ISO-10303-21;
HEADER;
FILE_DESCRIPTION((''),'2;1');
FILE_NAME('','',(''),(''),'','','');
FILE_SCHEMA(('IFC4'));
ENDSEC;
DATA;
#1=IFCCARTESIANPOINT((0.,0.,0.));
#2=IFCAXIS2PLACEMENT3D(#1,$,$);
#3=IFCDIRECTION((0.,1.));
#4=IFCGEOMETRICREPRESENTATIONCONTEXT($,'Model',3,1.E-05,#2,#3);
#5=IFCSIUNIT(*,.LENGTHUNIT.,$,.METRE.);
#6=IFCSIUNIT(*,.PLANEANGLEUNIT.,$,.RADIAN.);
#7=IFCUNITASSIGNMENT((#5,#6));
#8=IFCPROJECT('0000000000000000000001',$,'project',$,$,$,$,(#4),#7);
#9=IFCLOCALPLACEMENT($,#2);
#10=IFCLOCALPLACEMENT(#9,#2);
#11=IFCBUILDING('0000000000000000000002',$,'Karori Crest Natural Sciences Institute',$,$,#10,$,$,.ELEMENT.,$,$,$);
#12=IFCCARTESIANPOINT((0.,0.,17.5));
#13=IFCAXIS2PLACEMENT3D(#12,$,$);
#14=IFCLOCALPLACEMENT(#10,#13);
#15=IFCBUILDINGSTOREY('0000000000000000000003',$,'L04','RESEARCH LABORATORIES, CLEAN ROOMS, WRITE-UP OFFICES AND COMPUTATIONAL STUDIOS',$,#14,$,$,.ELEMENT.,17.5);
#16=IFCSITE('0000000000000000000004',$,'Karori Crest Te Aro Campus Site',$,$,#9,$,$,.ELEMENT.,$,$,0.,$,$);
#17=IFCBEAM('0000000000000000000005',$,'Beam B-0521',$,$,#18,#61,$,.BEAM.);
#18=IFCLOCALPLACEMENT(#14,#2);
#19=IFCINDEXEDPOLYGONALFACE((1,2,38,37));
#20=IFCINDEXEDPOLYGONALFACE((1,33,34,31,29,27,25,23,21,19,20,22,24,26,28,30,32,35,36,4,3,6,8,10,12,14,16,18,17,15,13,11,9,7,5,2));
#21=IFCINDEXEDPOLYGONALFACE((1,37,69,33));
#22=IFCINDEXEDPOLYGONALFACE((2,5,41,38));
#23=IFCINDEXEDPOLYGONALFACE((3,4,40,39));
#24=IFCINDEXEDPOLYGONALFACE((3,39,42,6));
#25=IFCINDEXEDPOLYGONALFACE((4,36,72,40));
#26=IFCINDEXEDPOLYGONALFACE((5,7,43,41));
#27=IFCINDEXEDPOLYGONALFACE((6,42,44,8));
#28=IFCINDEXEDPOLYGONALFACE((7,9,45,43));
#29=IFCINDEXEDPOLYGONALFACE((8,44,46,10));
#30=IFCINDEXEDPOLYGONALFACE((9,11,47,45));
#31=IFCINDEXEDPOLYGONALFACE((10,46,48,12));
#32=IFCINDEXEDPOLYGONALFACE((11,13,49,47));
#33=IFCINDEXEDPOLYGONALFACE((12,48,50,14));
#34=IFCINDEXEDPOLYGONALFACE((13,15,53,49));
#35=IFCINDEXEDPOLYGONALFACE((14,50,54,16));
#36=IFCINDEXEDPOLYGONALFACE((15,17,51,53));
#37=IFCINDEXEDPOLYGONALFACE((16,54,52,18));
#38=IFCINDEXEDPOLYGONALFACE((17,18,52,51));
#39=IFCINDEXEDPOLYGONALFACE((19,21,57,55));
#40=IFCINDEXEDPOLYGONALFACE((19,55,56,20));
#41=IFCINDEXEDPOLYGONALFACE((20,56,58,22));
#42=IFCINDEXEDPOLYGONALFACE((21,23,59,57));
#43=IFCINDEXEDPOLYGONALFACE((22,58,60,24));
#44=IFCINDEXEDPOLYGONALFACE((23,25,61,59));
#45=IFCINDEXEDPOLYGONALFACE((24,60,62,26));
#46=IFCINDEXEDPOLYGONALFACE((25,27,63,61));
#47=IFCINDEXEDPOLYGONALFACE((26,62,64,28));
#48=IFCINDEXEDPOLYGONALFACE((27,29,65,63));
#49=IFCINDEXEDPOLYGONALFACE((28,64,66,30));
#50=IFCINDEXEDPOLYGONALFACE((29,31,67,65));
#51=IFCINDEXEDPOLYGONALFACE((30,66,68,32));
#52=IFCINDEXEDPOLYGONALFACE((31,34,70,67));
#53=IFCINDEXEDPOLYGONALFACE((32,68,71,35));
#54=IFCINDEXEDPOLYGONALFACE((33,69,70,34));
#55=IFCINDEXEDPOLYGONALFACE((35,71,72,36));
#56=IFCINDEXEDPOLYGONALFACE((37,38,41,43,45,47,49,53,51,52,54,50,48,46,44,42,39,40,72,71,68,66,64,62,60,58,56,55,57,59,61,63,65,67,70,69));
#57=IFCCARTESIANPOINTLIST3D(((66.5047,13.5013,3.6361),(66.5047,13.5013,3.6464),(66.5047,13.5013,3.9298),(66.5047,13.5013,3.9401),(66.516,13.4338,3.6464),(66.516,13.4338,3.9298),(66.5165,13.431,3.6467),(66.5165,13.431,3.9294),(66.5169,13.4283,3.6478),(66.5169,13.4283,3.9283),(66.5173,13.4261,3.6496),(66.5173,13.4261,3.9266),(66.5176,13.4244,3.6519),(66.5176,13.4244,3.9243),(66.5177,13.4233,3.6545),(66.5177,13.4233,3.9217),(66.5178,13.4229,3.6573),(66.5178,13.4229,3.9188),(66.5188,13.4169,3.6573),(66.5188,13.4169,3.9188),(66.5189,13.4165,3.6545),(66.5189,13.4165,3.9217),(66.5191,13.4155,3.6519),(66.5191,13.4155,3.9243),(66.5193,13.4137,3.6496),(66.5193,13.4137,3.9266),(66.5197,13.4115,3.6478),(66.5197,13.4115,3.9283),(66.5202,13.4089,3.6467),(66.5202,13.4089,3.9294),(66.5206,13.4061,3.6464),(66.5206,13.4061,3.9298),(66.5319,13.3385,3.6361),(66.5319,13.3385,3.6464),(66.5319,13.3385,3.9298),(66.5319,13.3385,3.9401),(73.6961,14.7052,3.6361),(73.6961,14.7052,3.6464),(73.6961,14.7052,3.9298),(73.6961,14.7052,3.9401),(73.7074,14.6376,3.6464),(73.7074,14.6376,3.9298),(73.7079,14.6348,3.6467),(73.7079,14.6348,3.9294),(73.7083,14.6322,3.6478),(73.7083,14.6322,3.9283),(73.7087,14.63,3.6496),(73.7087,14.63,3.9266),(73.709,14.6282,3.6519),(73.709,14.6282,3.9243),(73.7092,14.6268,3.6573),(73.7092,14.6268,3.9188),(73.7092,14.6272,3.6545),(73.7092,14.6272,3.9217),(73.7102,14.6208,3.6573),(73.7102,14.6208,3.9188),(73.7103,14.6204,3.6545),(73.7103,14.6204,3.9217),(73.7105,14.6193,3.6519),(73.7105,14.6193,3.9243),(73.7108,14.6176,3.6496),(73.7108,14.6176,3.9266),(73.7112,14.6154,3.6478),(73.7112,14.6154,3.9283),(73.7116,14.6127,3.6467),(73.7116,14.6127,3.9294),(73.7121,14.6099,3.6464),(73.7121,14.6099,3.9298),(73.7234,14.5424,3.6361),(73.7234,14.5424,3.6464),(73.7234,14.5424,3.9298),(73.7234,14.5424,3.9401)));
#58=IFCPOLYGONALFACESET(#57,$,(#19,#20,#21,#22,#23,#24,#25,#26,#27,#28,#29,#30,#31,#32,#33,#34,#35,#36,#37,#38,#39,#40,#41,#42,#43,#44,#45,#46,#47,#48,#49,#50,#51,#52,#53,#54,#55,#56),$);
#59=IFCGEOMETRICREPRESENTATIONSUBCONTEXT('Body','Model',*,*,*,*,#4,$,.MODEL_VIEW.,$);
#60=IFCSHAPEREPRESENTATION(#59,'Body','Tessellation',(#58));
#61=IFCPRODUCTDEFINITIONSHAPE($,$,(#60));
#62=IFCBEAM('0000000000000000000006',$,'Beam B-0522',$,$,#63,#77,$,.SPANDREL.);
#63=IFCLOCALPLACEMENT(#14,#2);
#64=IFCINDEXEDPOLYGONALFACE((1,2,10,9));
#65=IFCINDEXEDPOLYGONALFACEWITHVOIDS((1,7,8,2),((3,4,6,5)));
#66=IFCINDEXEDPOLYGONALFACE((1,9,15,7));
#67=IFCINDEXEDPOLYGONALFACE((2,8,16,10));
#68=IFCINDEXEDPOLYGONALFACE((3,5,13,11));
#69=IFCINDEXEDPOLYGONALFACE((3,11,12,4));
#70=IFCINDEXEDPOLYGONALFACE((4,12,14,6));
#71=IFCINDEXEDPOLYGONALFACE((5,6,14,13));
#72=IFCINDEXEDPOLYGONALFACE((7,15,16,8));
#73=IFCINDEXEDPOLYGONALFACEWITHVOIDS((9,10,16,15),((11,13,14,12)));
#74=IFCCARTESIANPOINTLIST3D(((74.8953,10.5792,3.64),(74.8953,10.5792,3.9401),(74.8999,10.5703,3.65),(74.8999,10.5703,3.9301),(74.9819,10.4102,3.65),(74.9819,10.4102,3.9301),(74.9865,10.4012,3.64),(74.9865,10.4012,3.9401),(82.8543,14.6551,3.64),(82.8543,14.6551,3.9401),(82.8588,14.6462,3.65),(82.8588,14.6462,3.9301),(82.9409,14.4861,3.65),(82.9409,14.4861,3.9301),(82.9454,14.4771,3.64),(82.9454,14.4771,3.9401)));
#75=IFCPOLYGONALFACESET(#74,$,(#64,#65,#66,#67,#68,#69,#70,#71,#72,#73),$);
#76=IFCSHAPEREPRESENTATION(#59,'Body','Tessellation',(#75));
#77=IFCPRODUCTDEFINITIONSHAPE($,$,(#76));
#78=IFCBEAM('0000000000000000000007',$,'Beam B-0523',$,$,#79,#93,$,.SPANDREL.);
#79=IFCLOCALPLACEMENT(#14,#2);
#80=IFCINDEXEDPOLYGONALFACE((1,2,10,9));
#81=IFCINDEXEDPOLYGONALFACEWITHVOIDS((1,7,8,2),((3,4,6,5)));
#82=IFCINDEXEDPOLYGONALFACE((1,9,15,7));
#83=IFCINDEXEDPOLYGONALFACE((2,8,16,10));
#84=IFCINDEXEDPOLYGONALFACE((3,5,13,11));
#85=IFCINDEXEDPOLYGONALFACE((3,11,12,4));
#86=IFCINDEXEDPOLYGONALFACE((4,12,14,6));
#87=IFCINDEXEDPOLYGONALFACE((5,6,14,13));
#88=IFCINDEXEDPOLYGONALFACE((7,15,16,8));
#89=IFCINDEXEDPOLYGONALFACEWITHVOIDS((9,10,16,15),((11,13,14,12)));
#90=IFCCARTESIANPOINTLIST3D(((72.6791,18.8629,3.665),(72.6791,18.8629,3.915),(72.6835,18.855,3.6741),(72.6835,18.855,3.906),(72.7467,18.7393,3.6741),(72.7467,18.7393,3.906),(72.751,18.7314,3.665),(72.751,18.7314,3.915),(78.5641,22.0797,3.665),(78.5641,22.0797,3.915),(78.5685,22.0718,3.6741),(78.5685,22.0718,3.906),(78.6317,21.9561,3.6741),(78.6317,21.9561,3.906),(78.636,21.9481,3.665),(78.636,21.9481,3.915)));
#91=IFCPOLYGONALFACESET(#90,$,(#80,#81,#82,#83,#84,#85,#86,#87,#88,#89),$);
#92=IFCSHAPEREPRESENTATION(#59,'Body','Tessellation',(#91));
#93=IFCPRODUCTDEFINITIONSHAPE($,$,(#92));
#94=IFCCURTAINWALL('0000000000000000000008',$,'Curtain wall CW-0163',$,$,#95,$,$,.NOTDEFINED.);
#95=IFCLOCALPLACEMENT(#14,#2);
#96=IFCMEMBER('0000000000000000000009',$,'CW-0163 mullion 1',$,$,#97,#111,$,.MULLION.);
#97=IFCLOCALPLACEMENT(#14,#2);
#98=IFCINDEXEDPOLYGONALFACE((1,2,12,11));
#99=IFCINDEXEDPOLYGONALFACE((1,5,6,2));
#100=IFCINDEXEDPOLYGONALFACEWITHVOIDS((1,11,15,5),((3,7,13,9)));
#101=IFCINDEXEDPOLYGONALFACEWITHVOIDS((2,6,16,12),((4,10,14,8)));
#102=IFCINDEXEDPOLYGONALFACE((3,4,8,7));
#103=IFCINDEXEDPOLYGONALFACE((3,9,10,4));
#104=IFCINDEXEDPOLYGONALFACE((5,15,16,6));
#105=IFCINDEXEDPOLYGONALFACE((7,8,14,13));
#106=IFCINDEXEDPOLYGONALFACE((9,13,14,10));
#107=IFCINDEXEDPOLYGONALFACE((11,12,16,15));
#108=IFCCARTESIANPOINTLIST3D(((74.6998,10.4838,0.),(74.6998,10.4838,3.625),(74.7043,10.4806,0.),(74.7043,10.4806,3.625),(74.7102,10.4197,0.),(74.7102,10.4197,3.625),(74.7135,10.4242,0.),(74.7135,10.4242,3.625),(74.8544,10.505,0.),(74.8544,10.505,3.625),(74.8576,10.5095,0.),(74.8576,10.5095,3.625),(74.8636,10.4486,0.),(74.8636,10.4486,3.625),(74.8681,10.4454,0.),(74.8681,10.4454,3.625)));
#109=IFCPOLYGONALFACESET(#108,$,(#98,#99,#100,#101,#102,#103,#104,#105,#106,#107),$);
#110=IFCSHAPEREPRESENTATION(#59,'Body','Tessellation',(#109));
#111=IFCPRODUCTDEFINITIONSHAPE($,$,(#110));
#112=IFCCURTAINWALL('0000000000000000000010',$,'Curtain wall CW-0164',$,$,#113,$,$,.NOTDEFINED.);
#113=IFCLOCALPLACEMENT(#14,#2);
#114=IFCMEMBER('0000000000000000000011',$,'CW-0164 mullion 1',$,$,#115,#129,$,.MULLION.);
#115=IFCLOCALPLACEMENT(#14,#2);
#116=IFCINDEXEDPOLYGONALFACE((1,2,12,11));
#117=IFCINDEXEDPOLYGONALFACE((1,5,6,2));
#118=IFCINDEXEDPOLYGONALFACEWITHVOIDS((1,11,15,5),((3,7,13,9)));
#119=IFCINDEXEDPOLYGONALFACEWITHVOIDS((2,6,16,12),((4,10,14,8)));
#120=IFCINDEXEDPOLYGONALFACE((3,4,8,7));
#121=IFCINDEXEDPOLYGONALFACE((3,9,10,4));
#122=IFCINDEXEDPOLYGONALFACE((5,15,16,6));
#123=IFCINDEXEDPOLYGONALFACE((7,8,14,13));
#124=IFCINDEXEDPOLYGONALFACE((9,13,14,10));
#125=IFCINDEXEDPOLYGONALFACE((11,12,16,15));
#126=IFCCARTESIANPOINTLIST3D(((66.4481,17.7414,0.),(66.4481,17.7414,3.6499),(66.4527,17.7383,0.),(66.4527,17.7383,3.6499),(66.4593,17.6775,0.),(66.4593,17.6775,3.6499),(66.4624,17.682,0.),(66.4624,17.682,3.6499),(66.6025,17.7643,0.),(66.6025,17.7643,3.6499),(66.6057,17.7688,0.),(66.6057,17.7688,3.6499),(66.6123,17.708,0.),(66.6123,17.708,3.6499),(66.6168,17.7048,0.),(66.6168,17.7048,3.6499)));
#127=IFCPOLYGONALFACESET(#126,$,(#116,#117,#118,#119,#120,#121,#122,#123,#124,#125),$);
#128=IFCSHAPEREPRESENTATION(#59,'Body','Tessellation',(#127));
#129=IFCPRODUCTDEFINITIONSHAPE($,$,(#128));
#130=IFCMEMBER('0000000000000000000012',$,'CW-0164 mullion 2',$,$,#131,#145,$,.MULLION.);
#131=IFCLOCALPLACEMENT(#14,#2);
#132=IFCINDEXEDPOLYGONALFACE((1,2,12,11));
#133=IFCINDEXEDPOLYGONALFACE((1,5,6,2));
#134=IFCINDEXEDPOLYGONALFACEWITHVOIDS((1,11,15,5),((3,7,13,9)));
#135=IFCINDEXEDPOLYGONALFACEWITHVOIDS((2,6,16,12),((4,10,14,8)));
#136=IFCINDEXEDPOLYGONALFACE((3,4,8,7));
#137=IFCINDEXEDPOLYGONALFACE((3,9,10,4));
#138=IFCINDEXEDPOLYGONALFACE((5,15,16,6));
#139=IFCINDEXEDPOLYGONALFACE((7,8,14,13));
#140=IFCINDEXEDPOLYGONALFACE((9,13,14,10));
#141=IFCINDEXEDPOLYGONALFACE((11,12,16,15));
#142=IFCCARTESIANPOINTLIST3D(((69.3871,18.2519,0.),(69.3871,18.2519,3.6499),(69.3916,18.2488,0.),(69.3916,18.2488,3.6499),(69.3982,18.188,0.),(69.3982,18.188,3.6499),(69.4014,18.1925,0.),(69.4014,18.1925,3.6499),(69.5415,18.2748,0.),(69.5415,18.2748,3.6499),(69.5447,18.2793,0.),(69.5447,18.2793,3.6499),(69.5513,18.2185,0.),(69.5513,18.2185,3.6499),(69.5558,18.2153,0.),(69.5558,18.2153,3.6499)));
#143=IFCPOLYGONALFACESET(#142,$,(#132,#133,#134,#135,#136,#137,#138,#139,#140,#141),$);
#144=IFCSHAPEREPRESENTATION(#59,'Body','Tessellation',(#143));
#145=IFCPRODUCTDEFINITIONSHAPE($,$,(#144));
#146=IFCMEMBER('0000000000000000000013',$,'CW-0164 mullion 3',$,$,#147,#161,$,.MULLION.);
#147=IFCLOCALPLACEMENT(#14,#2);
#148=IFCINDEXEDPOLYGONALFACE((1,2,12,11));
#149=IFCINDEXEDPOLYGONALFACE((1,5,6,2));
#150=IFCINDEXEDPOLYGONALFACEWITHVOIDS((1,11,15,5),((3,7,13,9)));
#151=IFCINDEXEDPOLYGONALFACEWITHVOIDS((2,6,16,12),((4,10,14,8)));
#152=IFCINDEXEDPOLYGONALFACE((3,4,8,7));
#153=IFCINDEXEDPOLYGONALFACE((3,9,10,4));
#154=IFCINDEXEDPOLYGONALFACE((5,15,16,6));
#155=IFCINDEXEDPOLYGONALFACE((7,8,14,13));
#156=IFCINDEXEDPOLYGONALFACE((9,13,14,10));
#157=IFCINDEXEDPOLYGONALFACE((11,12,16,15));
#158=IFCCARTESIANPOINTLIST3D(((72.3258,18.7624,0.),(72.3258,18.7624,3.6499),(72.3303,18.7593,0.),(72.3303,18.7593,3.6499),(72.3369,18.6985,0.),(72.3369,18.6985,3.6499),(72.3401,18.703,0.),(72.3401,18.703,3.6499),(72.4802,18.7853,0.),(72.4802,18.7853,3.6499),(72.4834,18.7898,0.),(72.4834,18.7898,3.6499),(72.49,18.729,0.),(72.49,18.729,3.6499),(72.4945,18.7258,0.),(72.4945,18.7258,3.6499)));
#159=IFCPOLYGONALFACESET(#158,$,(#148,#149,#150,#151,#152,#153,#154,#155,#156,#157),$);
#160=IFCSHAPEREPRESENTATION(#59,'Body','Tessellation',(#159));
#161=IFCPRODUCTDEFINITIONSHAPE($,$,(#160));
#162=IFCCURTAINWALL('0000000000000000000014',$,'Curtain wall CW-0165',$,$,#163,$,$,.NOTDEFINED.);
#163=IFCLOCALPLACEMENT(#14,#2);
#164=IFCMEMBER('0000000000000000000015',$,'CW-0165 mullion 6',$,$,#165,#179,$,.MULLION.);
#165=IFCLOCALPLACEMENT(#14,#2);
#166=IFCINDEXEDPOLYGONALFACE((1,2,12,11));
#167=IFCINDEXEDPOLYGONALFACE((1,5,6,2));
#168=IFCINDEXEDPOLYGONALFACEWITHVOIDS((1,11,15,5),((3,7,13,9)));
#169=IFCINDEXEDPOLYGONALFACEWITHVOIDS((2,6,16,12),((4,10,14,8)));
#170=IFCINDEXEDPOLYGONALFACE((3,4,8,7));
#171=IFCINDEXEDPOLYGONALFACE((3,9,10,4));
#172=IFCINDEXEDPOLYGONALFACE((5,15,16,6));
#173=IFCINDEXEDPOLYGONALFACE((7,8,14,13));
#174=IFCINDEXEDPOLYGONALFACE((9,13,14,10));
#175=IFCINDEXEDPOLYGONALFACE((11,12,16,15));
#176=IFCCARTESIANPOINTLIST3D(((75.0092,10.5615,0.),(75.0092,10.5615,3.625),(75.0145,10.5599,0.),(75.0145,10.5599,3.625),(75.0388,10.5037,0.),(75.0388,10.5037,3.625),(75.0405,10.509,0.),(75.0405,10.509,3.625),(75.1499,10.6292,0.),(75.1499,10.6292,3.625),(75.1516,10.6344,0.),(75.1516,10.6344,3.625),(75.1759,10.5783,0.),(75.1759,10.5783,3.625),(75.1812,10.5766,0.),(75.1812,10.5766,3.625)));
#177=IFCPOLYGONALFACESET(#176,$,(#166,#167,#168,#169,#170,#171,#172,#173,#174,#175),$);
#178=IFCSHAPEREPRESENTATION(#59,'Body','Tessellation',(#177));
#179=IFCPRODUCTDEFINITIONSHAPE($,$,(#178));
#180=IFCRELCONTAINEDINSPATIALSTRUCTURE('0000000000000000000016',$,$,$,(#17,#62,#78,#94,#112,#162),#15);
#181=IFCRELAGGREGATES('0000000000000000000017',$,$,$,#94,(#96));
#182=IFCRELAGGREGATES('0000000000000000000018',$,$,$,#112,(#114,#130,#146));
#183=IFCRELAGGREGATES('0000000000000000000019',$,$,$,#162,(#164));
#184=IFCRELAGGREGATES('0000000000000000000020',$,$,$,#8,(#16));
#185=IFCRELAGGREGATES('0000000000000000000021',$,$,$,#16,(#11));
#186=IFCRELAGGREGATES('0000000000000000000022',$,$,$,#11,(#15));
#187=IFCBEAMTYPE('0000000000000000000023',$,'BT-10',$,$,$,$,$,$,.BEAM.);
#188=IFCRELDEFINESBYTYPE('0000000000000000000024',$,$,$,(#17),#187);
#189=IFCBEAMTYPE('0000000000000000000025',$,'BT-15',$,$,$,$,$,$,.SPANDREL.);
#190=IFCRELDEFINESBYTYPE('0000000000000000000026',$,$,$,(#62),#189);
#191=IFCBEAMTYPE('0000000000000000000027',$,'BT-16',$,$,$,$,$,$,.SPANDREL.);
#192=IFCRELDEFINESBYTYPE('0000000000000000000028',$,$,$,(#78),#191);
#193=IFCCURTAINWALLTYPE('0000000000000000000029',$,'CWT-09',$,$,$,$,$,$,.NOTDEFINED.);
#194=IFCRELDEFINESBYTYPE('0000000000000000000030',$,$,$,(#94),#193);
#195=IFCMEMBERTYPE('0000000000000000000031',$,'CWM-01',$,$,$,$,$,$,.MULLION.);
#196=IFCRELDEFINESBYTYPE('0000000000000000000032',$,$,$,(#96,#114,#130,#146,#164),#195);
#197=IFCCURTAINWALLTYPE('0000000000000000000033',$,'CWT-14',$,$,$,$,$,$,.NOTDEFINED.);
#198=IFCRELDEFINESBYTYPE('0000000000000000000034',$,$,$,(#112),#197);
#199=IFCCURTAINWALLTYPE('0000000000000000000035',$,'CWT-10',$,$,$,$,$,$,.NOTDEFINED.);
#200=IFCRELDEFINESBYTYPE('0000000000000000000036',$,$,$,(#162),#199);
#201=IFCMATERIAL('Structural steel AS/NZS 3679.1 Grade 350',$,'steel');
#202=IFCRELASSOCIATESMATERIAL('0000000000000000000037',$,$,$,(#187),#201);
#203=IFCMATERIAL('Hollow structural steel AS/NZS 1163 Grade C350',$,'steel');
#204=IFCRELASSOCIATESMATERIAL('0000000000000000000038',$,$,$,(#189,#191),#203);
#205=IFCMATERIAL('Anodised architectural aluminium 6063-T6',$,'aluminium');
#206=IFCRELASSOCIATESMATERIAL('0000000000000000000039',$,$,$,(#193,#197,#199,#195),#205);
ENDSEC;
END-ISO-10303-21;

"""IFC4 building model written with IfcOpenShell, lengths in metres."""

from ifc_helpers import new_model, si_unit, direction, frame, origin, origin_2d, place, context, subcontext, project, spatial, hollow_rectangle, i_section, extrude, material, material_profile, profile_set, type_object, element, aggregate, save


model = new_model("IFC4")

# Units and contexts
model_context = context("Model", 3, precision=1e-05, world=origin(), true_north=direction((0.0, 1.0)))
body_context = subcontext(model_context, "Body", "Model", "MODEL_VIEW")
ifc_project = project(units=[si_unit("LENGTHUNIT", "METRE"), si_unit("PLANEANGLEUNIT", "RADIAN")], contexts=[model_context])

# Site, building, storey
site_placement = place(None, origin())
site = spatial("IfcSite", under=ifc_project, at=site_placement, Name="Karori Crest Te Aro Campus Site", CompositionType="ELEMENT", RefElevation=0.0)
building_placement = place(site_placement, origin())
building = spatial("IfcBuilding", under=site, at=building_placement, Name="Karori Crest Natural Sciences Institute", CompositionType="ELEMENT")
storey_placement = place(building_placement, frame((0.0, 0.0, 17.5)))
storey = spatial("IfcBuildingStorey", under=building, at=storey_placement, Name="L04", Description="RESEARCH LABORATORIES, CLEAN ROOMS, WRITE-UP OFFICES AND COMPUTATIONAL STUDIOS", CompositionType="ELEMENT", Elevation=17.5)

# Shared definitions
ifc_material_1 = material(Name="Structural steel AS/NZS 3679.1 Grade 350", Category="steel")

# Beams
ifc_material_profile_1 = material_profile(ifc_material_1, i_section(OverallWidth=0.165, OverallDepth=0.304, WebThickness=0.0061, FlangeThickness=0.0103, FilletRadius=0.011, at=origin_2d()), Name="310UB40.4")
ifc_profile_set_1 = profile_set([ifc_material_profile_1], Name="Structural steel AS/NZS 3679.1 Grade 350")
beam_type_1 = type_object("IfcBeamType", Name="BT-10", PredefinedType="BEAM", material=ifc_profile_set_1)
beam_1_placement = place(storey_placement, frame((66.5183, 13.4199, 3.7881), z_axis=(0.986276, 0.165105, 0.0), x_axis=(-0.165105, 0.986276, 0.0)))
element("IfcBeam", 1, at=beam_1_placement, inside=storey, type_object=beam_type_1, Name="Beam B-0521", PredefinedType="BEAM", context=body_context, shape_type="SweptSolid", body=[
    extrude(i_section(OverallWidth=0.165, OverallDepth=0.304, WebThickness=0.0061, FlangeThickness=0.0103, FilletRadius=0.011, at=origin_2d()), origin(), (0.0, 0.0, 1.0), 7.2915),
])
ifc_material_2 = material(Name="Hollow structural steel AS/NZS 1163 Grade C350", Category="steel")
ifc_material_profile_2 = material_profile(ifc_material_2, hollow_rectangle(XDim=0.2, YDim=0.3, WallThickness=0.01, at=origin_2d()), Name="RHS300x200x10")
ifc_profile_set_2 = profile_set([ifc_material_profile_2], Name="Hollow structural steel AS/NZS 1163 Grade C350")
beam_type_2 = type_object("IfcBeamType", Name="BT-15", PredefinedType="SPANDREL", material=ifc_profile_set_2)
beam_2_placement = place(storey_placement, frame((74.9409, 10.4902, 3.79), z_axis=(0.890072, 0.45582, 0.0), x_axis=(-0.45582, 0.890072, 0.0)))
element("IfcBeam", 2, at=beam_2_placement, inside=storey, type_object=beam_type_2, Name="Beam B-0522", PredefinedType="SPANDREL", context=body_context, shape_type="SweptSolid", body=[
    extrude(hollow_rectangle(XDim=0.2, YDim=0.3, WallThickness=0.01, at=origin_2d()), origin(), (0.0, 0.0, 1.0), 8.9419),
])
ifc_material_profile_3 = material_profile(ifc_material_2, hollow_rectangle(XDim=0.1499, YDim=0.25, WallThickness=0.009, at=origin_2d()), Name="RHS250x150x9")
ifc_profile_set_3 = profile_set([ifc_material_profile_3], Name="Hollow structural steel AS/NZS 1163 Grade C350")
beam_type_3 = type_object("IfcBeamType", Name="BT-16", PredefinedType="SPANDREL", material=ifc_profile_set_3)
beam_3_placement = place(storey_placement, frame((72.7151, 18.7971, 3.79), z_axis=(0.87747, 0.479632, 0.0), x_axis=(-0.479632, 0.87747, 0.0)))
element("IfcBeam", 3, at=beam_3_placement, inside=storey, type_object=beam_type_3, Name="Beam B-0523", PredefinedType="SPANDREL", context=body_context, shape_type="SweptSolid", body=[
    extrude(hollow_rectangle(XDim=0.1499, YDim=0.25, WallThickness=0.009, at=origin_2d()), origin(), (0.0, 0.0, 1.0), 6.7068),
])

# Curtain wall, member
ifc_material_3 = material(Name="Anodised architectural aluminium 6063-T6", Category="aluminium")
curtain_wall_type_1 = type_object("IfcCurtainWallType", Name="CWT-09", PredefinedType="NOTDEFINED", material=ifc_material_3)
curtain_wall_1_placement = place(storey_placement, origin())
curtain_wall_1 = element("IfcCurtainWall", 4, at=curtain_wall_1_placement, inside=storey, type_object=curtain_wall_type_1, Name="Curtain wall CW-0163", PredefinedType="NOTDEFINED")
ifc_material_profile_4 = material_profile(ifc_material_3, hollow_rectangle(XDim=0.0649, YDim=0.1599, WallThickness=0.0039, at=origin_2d()), Name="CWM160x65x4")
ifc_profile_set_4 = profile_set([ifc_material_profile_4], Name="Anodised architectural aluminium 6063-T6")
member_type_1 = type_object("IfcMemberType", Name="CWM-01", PredefinedType="MULLION", material=ifc_profile_set_4)
member_1_placement = place(storey_placement, frame((74.7839, 10.4646, 0.0), z_axis=(0.0, 0.0, 1.0), x_axis=(0.16065, -0.987011, 0.0)))
member_1 = element("IfcMember", 5, at=member_1_placement, type_object=member_type_1, Name="CW-0163 mullion 1", PredefinedType="MULLION", context=body_context, shape_type="SweptSolid", body=[
    extrude(hollow_rectangle(XDim=0.0649, YDim=0.1599, WallThickness=0.0039, at=origin_2d()), origin(), (0.0, 0.0, 1.0), 3.625),
])

# Curtain wall, members
curtain_wall_type_2 = type_object("IfcCurtainWallType", Name="CWT-14", PredefinedType="NOTDEFINED", material=ifc_material_3)
curtain_wall_2_placement = place(storey_placement, origin())
curtain_wall_2 = element("IfcCurtainWall", 6, at=curtain_wall_2_placement, inside=storey, type_object=curtain_wall_type_2, Name="Curtain wall CW-0164", PredefinedType="NOTDEFINED")
member_2_placement = place(storey_placement, frame((66.5325, 17.7231, 0.0), z_axis=(0.0, 0.0, 1.0), x_axis=(-0.171174, 0.985241, 0.0)))
member_2 = element("IfcMember", 7, at=member_2_placement, type_object=member_type_1, Name="CW-0164 mullion 1", PredefinedType="MULLION", context=body_context, shape_type="SweptSolid", body=[
    extrude(hollow_rectangle(XDim=0.0649, YDim=0.1599, WallThickness=0.0039, at=origin_2d()), origin(), (0.0, 0.0, 1.0), 3.6499),
])
member_3_placement = place(storey_placement, frame((69.4714, 18.2336, 0.0), z_axis=(0.0, 0.0, 1.0), x_axis=(-0.171174, 0.985241, 0.0)))
member_3 = element("IfcMember", 8, at=member_3_placement, type_object=member_type_1, Name="CW-0164 mullion 2", PredefinedType="MULLION", context=body_context, shape_type="SweptSolid", body=[
    extrude(hollow_rectangle(XDim=0.0649, YDim=0.1599, WallThickness=0.0039, at=origin_2d()), origin(), (0.0, 0.0, 1.0), 3.6499),
])
member_4_placement = place(storey_placement, frame((72.4102, 18.7441, 0.0), z_axis=(0.0, 0.0, 1.0), x_axis=(-0.171174, 0.985241, 0.0)))
member_4 = element("IfcMember", 9, at=member_4_placement, type_object=member_type_1, Name="CW-0164 mullion 3", PredefinedType="MULLION", context=body_context, shape_type="SweptSolid", body=[
    extrude(hollow_rectangle(XDim=0.0649, YDim=0.1599, WallThickness=0.0039, at=origin_2d()), origin(), (0.0, 0.0, 1.0), 3.6499),
])

# Curtain wall, member
curtain_wall_type_3 = type_object("IfcCurtainWallType", Name="CWT-10", PredefinedType="NOTDEFINED", material=ifc_material_3)
curtain_wall_3_placement = place(storey_placement, origin())
curtain_wall_3 = element("IfcCurtainWall", 10, at=curtain_wall_3_placement, inside=storey, type_object=curtain_wall_type_3, Name="Curtain wall CW-0165", PredefinedType="NOTDEFINED")
member_5_placement = place(storey_placement, frame((75.0952, 10.5691, 0.0), z_axis=(0.0, 0.0, 1.0), x_axis=(0.455829, -0.890067, 0.0)))
member_5 = element("IfcMember", 11, at=member_5_placement, type_object=member_type_1, Name="CW-0165 mullion 6", PredefinedType="MULLION", context=body_context, shape_type="SweptSolid", body=[
    extrude(hollow_rectangle(XDim=0.0649, YDim=0.1599, WallThickness=0.0039, at=origin_2d()), origin(), (0.0, 0.0, 1.0), 3.625),
])

aggregate(curtain_wall_1, [member_1])
aggregate(curtain_wall_2, [member_2, member_3, member_4])
aggregate(curtain_wall_3, [member_5])

save(model, "model.ifc")
